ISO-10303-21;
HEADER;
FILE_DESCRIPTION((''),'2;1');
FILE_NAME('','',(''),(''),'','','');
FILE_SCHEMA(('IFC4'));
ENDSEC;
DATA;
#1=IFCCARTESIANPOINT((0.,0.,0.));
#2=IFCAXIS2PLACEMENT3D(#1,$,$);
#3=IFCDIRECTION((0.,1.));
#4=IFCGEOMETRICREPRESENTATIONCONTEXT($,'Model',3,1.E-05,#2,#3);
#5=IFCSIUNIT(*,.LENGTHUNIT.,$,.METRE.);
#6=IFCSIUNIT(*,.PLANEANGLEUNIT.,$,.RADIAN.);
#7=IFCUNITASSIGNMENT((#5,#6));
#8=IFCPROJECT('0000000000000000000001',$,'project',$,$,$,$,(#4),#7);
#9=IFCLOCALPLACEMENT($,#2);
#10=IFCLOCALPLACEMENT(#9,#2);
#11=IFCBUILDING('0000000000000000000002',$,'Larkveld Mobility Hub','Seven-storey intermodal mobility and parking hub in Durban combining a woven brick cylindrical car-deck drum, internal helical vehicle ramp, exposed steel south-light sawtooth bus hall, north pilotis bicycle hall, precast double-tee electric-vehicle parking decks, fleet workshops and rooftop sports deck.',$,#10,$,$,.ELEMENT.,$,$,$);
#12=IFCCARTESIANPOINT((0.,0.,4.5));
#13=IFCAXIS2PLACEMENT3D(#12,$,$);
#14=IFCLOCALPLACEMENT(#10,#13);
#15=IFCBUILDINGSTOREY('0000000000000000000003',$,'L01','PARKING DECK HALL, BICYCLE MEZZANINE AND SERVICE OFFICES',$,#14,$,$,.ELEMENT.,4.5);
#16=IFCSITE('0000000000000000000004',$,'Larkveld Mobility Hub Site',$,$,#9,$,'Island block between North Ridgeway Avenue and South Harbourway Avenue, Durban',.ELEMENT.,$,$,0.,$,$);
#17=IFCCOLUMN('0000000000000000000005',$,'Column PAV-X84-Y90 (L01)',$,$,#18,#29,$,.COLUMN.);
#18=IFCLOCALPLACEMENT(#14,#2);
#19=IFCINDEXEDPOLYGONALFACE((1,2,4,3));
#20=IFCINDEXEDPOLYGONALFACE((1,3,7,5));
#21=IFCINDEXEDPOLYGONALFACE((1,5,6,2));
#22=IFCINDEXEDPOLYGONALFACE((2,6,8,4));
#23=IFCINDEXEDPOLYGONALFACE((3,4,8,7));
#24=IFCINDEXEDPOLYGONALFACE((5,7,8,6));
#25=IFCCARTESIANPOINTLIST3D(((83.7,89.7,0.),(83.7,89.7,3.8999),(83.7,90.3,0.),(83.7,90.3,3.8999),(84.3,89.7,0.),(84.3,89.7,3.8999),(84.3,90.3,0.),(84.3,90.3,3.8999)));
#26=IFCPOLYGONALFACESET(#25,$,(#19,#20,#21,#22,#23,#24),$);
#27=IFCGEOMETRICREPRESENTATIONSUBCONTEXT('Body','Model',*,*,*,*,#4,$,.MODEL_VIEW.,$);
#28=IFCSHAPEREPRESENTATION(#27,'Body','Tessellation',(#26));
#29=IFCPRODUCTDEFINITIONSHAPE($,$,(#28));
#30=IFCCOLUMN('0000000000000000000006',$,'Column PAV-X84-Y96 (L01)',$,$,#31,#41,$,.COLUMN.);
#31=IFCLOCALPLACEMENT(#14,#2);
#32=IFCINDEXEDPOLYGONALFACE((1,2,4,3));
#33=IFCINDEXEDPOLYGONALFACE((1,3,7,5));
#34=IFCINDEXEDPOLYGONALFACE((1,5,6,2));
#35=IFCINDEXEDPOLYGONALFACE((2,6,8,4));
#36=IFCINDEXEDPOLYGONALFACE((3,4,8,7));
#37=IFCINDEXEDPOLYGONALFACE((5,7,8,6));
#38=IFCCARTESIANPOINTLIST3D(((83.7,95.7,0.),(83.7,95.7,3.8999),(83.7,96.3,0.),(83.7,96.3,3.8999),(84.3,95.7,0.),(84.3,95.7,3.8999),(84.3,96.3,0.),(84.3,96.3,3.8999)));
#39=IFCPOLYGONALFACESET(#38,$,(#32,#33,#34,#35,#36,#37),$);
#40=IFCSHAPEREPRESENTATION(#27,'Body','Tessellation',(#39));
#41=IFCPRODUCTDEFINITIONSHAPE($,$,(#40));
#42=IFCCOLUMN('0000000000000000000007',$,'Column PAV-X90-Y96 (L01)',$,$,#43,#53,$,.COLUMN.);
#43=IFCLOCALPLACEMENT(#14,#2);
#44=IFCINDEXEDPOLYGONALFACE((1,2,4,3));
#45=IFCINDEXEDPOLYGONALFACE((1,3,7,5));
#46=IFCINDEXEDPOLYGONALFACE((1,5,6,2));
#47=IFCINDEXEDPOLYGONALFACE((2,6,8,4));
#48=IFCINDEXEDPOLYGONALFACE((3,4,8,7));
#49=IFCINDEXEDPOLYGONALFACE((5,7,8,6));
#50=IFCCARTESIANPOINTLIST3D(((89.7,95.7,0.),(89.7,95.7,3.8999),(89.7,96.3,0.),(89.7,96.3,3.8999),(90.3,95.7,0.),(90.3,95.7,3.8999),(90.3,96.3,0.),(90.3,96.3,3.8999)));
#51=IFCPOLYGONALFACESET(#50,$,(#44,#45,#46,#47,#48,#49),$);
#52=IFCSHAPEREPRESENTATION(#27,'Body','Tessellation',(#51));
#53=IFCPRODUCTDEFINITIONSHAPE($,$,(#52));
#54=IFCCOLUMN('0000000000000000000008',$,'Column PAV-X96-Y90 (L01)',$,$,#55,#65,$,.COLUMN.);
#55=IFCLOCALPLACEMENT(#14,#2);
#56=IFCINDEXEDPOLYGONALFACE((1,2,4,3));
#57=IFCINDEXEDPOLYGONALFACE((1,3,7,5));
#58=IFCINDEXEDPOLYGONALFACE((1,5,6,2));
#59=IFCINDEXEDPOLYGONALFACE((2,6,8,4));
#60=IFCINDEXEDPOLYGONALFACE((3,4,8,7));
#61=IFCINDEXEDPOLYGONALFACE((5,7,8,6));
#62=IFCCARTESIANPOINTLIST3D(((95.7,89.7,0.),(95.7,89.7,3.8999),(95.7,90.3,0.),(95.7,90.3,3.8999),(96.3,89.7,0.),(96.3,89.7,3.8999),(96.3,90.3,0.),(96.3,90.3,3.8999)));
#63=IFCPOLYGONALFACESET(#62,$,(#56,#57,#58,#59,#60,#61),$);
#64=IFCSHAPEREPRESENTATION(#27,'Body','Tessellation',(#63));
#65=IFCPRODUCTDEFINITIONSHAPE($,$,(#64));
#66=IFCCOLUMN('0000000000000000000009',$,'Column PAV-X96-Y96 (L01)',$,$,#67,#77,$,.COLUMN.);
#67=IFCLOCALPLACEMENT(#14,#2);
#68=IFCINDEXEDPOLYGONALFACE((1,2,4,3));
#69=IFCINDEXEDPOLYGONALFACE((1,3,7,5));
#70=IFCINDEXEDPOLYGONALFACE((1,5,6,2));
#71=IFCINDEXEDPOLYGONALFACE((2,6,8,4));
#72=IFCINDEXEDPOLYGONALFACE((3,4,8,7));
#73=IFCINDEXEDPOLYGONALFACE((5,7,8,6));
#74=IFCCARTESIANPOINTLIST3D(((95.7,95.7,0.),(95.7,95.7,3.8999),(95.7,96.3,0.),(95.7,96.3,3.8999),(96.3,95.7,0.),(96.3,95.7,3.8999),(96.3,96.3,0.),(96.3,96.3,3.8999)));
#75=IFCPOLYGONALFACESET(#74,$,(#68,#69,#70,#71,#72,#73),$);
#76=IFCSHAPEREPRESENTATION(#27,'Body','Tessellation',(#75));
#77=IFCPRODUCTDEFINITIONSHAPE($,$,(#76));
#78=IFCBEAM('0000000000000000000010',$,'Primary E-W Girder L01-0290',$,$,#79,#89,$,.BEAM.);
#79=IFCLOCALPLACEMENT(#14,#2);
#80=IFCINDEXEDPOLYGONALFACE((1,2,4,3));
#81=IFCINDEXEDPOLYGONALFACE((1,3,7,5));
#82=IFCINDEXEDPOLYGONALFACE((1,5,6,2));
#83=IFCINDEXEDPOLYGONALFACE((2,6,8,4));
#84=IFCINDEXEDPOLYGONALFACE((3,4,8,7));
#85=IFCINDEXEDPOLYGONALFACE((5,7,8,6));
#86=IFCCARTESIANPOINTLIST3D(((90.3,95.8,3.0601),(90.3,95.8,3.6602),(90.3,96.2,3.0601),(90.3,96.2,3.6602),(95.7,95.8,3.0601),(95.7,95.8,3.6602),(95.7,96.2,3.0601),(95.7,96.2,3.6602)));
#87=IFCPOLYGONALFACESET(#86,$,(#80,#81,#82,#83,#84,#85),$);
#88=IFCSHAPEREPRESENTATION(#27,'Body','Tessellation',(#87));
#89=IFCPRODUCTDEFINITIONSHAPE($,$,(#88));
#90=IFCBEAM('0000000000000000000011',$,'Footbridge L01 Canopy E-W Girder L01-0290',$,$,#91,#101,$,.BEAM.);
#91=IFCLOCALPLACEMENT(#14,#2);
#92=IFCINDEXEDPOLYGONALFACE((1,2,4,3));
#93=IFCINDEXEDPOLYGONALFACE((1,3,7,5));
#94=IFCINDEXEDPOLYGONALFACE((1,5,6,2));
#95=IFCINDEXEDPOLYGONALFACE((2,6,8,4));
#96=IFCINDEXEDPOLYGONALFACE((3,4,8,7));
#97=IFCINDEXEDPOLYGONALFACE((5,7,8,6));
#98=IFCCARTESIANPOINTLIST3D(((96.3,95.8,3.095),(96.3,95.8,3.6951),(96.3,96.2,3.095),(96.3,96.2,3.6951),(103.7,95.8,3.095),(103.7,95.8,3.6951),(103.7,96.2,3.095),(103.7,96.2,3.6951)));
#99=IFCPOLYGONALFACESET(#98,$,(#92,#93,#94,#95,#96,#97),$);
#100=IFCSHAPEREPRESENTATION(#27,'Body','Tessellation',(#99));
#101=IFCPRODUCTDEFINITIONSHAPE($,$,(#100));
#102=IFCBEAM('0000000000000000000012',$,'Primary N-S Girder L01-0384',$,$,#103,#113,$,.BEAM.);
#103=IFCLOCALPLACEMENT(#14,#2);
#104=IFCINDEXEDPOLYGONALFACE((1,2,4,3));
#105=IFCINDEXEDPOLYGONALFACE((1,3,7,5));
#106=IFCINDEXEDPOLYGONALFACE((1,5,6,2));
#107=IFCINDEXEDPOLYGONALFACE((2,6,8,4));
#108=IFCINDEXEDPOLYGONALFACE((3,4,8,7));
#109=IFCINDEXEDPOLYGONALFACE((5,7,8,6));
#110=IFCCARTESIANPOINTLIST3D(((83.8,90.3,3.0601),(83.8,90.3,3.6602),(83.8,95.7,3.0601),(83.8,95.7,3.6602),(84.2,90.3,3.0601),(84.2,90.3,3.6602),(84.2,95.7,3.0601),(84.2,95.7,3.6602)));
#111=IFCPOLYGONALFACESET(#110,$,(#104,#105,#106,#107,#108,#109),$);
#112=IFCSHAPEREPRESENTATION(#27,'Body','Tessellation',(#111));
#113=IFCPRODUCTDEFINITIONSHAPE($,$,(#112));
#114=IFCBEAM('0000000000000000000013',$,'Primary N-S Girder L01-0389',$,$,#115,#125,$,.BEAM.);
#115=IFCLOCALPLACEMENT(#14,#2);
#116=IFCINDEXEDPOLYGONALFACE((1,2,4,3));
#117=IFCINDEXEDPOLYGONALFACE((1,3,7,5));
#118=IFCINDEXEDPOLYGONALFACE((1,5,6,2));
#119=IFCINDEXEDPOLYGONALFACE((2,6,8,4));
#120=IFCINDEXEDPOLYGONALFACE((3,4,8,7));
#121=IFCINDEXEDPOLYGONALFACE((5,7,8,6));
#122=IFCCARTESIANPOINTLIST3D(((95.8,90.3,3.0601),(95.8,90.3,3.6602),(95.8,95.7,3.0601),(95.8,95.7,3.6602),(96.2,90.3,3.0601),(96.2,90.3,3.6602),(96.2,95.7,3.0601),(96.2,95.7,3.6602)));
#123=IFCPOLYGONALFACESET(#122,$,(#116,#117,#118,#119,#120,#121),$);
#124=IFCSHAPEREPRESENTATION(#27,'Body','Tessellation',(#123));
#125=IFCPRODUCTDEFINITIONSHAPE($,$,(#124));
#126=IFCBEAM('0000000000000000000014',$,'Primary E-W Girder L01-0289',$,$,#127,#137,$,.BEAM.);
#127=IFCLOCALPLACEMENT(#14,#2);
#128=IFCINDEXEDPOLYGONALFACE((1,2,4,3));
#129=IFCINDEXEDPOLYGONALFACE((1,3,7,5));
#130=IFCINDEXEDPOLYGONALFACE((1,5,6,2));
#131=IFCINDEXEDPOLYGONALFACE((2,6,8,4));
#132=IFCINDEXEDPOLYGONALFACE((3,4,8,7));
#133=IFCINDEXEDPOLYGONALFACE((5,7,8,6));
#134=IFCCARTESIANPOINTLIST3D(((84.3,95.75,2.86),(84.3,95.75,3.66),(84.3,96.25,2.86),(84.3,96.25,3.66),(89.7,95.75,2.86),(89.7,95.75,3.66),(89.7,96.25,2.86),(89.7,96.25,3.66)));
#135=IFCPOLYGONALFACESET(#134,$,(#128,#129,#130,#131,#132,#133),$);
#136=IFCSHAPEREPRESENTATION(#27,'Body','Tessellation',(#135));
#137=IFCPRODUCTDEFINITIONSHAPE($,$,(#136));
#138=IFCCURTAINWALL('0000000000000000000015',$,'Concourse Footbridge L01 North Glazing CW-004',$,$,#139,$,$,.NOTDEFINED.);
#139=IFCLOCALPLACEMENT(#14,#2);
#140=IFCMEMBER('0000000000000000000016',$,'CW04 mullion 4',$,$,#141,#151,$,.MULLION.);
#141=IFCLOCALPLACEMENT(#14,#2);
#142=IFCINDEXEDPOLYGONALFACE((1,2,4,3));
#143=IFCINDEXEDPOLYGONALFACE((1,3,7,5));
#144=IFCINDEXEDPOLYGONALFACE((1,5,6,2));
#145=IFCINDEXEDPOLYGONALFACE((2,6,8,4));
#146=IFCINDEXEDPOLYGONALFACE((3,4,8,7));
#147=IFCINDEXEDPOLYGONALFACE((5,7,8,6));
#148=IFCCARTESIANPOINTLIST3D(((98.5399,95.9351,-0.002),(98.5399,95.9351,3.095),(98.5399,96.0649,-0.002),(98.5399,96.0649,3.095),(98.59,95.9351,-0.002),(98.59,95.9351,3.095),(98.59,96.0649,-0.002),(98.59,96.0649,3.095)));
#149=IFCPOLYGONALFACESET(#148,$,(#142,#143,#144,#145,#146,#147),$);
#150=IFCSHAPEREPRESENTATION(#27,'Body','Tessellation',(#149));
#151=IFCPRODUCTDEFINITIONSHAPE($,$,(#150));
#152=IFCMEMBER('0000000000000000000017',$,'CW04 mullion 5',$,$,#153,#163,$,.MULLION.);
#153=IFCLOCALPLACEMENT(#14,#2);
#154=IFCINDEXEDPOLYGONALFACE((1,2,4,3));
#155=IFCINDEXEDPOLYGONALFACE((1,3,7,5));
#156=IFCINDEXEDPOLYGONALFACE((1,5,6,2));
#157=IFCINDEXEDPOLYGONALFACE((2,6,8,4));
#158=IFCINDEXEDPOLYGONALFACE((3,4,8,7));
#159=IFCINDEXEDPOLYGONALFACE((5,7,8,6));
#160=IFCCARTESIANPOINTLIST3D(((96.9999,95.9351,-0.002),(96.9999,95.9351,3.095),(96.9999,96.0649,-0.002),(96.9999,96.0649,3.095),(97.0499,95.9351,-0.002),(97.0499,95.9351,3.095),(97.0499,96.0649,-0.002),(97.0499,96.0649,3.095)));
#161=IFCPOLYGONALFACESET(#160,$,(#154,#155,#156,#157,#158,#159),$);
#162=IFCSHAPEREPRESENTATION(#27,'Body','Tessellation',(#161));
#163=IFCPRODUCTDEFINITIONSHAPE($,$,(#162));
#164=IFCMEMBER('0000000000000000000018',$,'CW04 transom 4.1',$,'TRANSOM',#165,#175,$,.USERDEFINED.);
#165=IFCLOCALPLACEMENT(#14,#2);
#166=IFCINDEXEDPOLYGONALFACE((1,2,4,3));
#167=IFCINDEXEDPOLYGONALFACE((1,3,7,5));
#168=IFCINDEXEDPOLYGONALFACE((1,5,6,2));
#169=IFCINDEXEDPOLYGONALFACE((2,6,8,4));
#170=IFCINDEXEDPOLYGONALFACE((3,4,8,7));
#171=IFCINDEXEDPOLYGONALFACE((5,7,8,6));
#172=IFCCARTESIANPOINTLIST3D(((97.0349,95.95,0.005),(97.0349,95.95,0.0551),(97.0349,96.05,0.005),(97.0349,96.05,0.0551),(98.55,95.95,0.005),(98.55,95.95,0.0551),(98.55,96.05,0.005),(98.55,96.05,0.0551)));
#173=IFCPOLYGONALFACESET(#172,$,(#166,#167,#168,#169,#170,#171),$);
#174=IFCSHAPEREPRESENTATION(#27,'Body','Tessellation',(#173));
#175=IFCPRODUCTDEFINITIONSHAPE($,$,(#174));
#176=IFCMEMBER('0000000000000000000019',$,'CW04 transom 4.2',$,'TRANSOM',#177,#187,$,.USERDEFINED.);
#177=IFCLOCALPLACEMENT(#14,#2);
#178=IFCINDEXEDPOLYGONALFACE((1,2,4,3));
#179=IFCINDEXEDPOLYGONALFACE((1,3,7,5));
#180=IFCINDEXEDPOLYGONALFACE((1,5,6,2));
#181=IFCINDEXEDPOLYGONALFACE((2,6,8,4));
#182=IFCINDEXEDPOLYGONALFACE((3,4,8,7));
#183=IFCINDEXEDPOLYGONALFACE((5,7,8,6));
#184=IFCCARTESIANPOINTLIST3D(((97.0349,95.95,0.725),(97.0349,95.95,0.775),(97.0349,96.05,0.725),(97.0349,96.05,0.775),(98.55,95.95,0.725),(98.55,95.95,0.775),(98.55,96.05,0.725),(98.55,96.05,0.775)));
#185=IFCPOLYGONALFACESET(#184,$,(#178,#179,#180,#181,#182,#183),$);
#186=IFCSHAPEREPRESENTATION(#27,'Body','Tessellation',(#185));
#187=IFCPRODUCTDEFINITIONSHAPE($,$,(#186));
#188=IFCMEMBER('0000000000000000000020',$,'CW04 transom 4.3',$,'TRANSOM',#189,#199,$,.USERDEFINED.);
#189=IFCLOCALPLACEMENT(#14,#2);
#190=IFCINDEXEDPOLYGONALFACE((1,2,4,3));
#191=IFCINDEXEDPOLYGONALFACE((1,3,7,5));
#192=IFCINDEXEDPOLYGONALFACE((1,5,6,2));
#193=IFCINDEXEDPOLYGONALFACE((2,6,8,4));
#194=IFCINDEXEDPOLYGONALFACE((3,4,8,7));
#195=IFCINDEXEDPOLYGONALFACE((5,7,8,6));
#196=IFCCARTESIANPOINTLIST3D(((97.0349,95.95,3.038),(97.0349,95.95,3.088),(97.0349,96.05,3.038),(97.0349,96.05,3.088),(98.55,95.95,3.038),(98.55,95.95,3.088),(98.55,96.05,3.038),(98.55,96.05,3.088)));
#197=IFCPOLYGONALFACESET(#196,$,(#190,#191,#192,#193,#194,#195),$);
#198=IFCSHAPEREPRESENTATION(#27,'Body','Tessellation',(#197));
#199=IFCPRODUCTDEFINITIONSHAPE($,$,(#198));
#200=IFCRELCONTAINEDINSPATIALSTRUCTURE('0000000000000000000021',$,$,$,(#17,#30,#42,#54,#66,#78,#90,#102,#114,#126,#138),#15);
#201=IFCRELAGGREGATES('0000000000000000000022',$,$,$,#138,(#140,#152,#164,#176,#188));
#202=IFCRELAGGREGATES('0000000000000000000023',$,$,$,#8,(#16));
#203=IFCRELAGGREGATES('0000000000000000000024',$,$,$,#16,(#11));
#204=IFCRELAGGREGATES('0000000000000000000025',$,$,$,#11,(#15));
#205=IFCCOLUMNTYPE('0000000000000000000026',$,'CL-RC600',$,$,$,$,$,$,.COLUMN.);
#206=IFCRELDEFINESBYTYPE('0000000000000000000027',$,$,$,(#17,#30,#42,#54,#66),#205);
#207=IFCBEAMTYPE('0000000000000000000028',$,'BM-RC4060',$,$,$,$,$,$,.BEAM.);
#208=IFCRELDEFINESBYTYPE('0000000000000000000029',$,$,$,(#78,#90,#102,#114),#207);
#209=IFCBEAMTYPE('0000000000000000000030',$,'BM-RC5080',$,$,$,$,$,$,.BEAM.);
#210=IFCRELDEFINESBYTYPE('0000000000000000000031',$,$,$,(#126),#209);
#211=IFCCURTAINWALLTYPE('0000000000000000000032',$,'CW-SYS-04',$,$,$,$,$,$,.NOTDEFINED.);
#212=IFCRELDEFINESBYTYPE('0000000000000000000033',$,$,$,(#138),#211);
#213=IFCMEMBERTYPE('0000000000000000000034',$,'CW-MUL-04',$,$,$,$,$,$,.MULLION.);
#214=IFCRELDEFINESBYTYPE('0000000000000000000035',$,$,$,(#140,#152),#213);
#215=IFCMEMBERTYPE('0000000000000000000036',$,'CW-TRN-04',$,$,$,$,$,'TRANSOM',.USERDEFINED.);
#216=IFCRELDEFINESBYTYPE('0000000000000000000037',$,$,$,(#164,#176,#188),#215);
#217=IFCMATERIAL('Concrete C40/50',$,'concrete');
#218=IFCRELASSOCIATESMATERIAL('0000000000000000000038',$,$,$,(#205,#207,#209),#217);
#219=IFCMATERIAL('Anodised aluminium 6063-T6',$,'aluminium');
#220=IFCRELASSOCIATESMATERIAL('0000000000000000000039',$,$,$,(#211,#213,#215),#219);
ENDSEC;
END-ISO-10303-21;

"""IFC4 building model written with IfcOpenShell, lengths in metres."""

from ifc_helpers import new_model, si_unit, direction, frame, origin, origin_2d, place, context, subcontext, project, spatial, rectangle, extrude, material, material_profile, profile_set, type_object, element, aggregate, save


model = new_model("IFC4")

# Units and contexts
model_context = context("Model", 3, precision=1e-05, world=origin(), true_north=direction((0.0, 1.0)))
body_context = subcontext(model_context, "Body", "Model", "MODEL_VIEW")
ifc_project = project(units=[si_unit("LENGTHUNIT", "METRE"), si_unit("PLANEANGLEUNIT", "RADIAN")], contexts=[model_context])

# Site, building, storey
site_placement = place(None, origin())
site = spatial("IfcSite", under=ifc_project, at=site_placement, Name="Larkveld Mobility Hub Site", LongName="Island block between North Ridgeway Avenue and South Harbourway Avenue, Durban", CompositionType="ELEMENT", RefElevation=0.0)
building_placement = place(site_placement, origin())
building = spatial("IfcBuilding", under=site, at=building_placement, Name="Larkveld Mobility Hub", Description="Seven-storey intermodal mobility and parking hub in Durban combining a woven brick cylindrical car-deck drum, internal helical vehicle ramp, exposed steel south-light sawtooth bus hall, north pilotis bicycle hall, precast double-tee electric-vehicle parking decks, fleet workshops and rooftop sports deck.", CompositionType="ELEMENT")
storey_placement = place(building_placement, frame((0.0, 0.0, 4.5)))
storey = spatial("IfcBuildingStorey", under=building, at=storey_placement, Name="L01", Description="PARKING DECK HALL, BICYCLE MEZZANINE AND SERVICE OFFICES", CompositionType="ELEMENT", Elevation=4.5)

# Columns
ifc_material_1 = material(Name="Concrete C40/50", Category="concrete")
ifc_material_profile_1 = material_profile(ifc_material_1, rectangle(XDim=0.6001, YDim=0.6001, at=origin_2d()), Name="RC COL 600x600")
ifc_profile_set_1 = profile_set([ifc_material_profile_1], Name="Concrete C40/50")
column_type = type_object("IfcColumnType", Name="CL-RC600", PredefinedType="COLUMN", material=ifc_profile_set_1)
for number, where, z_axis, x_axis, name in (
    (1, (84.0, 90.0, 0.0), (0.0, 0.0, 1.0), (1.0, 0.0, 0.0), "Column PAV-X84-Y90 (L01)"),
    (2, (84.0, 96.0, 0.0), (0.0, 0.0, 1.0), (1.0, 0.0, 0.0), "Column PAV-X84-Y96 (L01)"),
    (3, (90.0, 96.0, 0.0), (0.0, 0.0, 1.0), (1.0, 0.0, 0.0), "Column PAV-X90-Y96 (L01)"),
    (4, (96.0, 90.0, 0.0), (0.0, 0.0, 1.0), (1.0, 0.0, 0.0), "Column PAV-X96-Y90 (L01)"),
    (5, (96.0, 96.0, 0.0), (0.0, 0.0, 1.0), (1.0, 0.0, 0.0), "Column PAV-X96-Y96 (L01)"),
):
    element("IfcColumn", number, at=place(storey_placement, frame(where, z_axis=z_axis, x_axis=x_axis)), inside=storey, type_object=column_type, Name=name, PredefinedType="COLUMN", context=body_context, shape_type="SweptSolid", body=[
        extrude(rectangle(XDim=0.6001, YDim=0.6001, at=origin_2d()), origin(), (0.0, 0.0, 1.0), 3.8999),
    ])

# Beams
ifc_material_profile_2 = material_profile(ifc_material_1, rectangle(XDim=0.3999, YDim=0.6001, at=origin_2d()), Name="RC BM 400x600")
ifc_profile_set_2 = profile_set([ifc_material_profile_2], Name="Concrete C40/50")
beam_type_1 = type_object("IfcBeamType", Name="BM-RC4060", PredefinedType="BEAM", material=ifc_profile_set_2)
beam_1_placement = place(storey_placement, frame((90.3, 96.0, 3.3601), z_axis=(1.0, 0.0, 0.0), x_axis=(0.0, 1.0, 0.0)))
element("IfcBeam", 6, at=beam_1_placement, inside=storey, type_object=beam_type_1, Name="Primary E-W Girder L01-0290", PredefinedType="BEAM", context=body_context, shape_type="SweptSolid", body=[
    extrude(rectangle(XDim=0.3999, YDim=0.6001, at=origin_2d()), origin(), (0.0, 0.0, 1.0), 5.3999),
])
beam_2_placement = place(storey_placement, frame((96.3, 96.0, 3.395), z_axis=(1.0, 0.0, 0.0), x_axis=(0.0, 1.0, 0.0)))
element("IfcBeam", 7, at=beam_2_placement, inside=storey, type_object=beam_type_1, Name="Footbridge L01 Canopy E-W Girder L01-0290", PredefinedType="BEAM", context=body_context, shape_type="SweptSolid", body=[
    extrude(rectangle(XDim=0.3999, YDim=0.6001, at=origin_2d()), origin(), (0.0, 0.0, 1.0), 7.3999),
])
for number, where, z_axis, x_axis, name in (
    (8, (84.0, 90.3, 3.3601), (0.0, 1.0, 0.0), (-1.0, 0.0, 0.0), "Primary N-S Girder L01-0384"),
    (9, (96.0, 90.3, 3.3601), (0.0, 1.0, 0.0), (-1.0, 0.0, 0.0), "Primary N-S Girder L01-0389"),
):
    element("IfcBeam", number, at=place(storey_placement, frame(where, z_axis=z_axis, x_axis=x_axis)), inside=storey, type_object=beam_type_1, Name=name, PredefinedType="BEAM", context=body_context, shape_type="SweptSolid", body=[
        extrude(rectangle(XDim=0.3999, YDim=0.6001, at=origin_2d()), origin(), (0.0, 0.0, 1.0), 5.3999),
    ])
ifc_material_profile_3 = material_profile(ifc_material_1, rectangle(XDim=0.5, YDim=0.8, at=origin_2d()), Name="RC BM 500x800")
ifc_profile_set_3 = profile_set([ifc_material_profile_3], Name="Concrete C40/50")
beam_type_2 = type_object("IfcBeamType", Name="BM-RC5080", PredefinedType="BEAM", material=ifc_profile_set_3)
beam_3_placement = place(storey_placement, frame((84.3, 96.0, 3.26), z_axis=(1.0, 0.0, 0.0), x_axis=(0.0, 1.0, 0.0)))
element("IfcBeam", 10, at=beam_3_placement, inside=storey, type_object=beam_type_2, Name="Primary E-W Girder L01-0289", PredefinedType="BEAM", context=body_context, shape_type="SweptSolid", body=[
    extrude(rectangle(XDim=0.5, YDim=0.8, at=origin_2d()), origin(), (0.0, 0.0, 1.0), 5.3999),
])

# Curtain wall, members
ifc_material_2 = material(Name="Anodised aluminium 6063-T6", Category="aluminium")
curtain_wall_type = type_object("IfcCurtainWallType", Name="CW-SYS-04", PredefinedType="NOTDEFINED", material=ifc_material_2)
curtain_wall_placement = place(storey_placement, origin())
curtain_wall = element("IfcCurtainWall", 11, at=curtain_wall_placement, inside=storey, type_object=curtain_wall_type, Name="Concourse Footbridge L01 North Glazing CW-004", PredefinedType="NOTDEFINED")
ifc_material_profile_4 = material_profile(ifc_material_2, rectangle(XDim=0.05, YDim=0.1299, at=origin_2d()), Name="ALU MULL 50x130")
ifc_profile_set_4 = profile_set([ifc_material_profile_4], Name="Anodised aluminium 6063-T6")
member_type_1 = type_object("IfcMemberType", Name="CW-MUL-04", PredefinedType="MULLION", material=ifc_profile_set_4)
member_1_placement = place(storey_placement, frame((98.5649, 96.0, -0.002), z_axis=(0.0, 0.0, 1.0), x_axis=(-1.0, 0.0, 0.0)))
member_1 = element("IfcMember", 12, at=member_1_placement, type_object=member_type_1, Name="CW04 mullion 4", PredefinedType="MULLION", context=body_context, shape_type="SweptSolid", body=[
    extrude(rectangle(XDim=0.05, YDim=0.1299, at=origin_2d()), origin(), (0.0, 0.0, 1.0), 3.0969),
])
member_2_placement = place(storey_placement, frame((97.0249, 96.0, -0.002), z_axis=(0.0, 0.0, 1.0), x_axis=(-1.0, 0.0, 0.0)))
member_2 = element("IfcMember", 13, at=member_2_placement, type_object=member_type_1, Name="CW04 mullion 5", PredefinedType="MULLION", context=body_context, shape_type="SweptSolid", body=[
    extrude(rectangle(XDim=0.05, YDim=0.1299, at=origin_2d()), origin(), (0.0, 0.0, 1.0), 3.0969),
])
ifc_material_profile_5 = material_profile(ifc_material_2, rectangle(XDim=0.1001, YDim=0.05, at=origin_2d()), Name="ALU TRAN 50x100")
ifc_profile_set_5 = profile_set([ifc_material_profile_5], Name="Anodised aluminium 6063-T6")
member_type_2 = type_object("IfcMemberType", Name="CW-TRN-04", ElementType="TRANSOM", PredefinedType="USERDEFINED", material=ifc_profile_set_5)
member_3_placement = place(storey_placement, frame((98.55, 96.0, 0.03), z_axis=(-1.0, 0.0, 0.0), x_axis=(0.0, -1.0, 0.0)))
member_3 = element("IfcMember", 14, at=member_3_placement, type_object=member_type_2, Name="CW04 transom 4.1", ObjectType="TRANSOM", PredefinedType="USERDEFINED", context=body_context, shape_type="SweptSolid", body=[
    extrude(rectangle(XDim=0.1001, YDim=0.05, at=origin_2d()), origin(), (0.0, 0.0, 1.0), 1.5151),
])
member_4_placement = place(storey_placement, frame((98.55, 96.0, 0.75), z_axis=(-1.0, 0.0, 0.0), x_axis=(0.0, -1.0, 0.0)))
member_4 = element("IfcMember", 15, at=member_4_placement, type_object=member_type_2, Name="CW04 transom 4.2", ObjectType="TRANSOM", PredefinedType="USERDEFINED", context=body_context, shape_type="SweptSolid", body=[
    extrude(rectangle(XDim=0.1001, YDim=0.05, at=origin_2d()), origin(), (0.0, 0.0, 1.0), 1.5151),
])
member_5_placement = place(storey_placement, frame((98.55, 96.0, 3.063), z_axis=(-1.0, 0.0, 0.0), x_axis=(0.0, -1.0, 0.0)))
member_5 = element("IfcMember", 16, at=member_5_placement, type_object=member_type_2, Name="CW04 transom 4.3", ObjectType="TRANSOM", PredefinedType="USERDEFINED", context=body_context, shape_type="SweptSolid", body=[
    extrude(rectangle(XDim=0.1001, YDim=0.05, at=origin_2d()), origin(), (0.0, 0.0, 1.0), 1.5151),
])
aggregate(curtain_wall, [member_1, member_2, member_3, member_4, member_5])

save(model, "model.ifc")
